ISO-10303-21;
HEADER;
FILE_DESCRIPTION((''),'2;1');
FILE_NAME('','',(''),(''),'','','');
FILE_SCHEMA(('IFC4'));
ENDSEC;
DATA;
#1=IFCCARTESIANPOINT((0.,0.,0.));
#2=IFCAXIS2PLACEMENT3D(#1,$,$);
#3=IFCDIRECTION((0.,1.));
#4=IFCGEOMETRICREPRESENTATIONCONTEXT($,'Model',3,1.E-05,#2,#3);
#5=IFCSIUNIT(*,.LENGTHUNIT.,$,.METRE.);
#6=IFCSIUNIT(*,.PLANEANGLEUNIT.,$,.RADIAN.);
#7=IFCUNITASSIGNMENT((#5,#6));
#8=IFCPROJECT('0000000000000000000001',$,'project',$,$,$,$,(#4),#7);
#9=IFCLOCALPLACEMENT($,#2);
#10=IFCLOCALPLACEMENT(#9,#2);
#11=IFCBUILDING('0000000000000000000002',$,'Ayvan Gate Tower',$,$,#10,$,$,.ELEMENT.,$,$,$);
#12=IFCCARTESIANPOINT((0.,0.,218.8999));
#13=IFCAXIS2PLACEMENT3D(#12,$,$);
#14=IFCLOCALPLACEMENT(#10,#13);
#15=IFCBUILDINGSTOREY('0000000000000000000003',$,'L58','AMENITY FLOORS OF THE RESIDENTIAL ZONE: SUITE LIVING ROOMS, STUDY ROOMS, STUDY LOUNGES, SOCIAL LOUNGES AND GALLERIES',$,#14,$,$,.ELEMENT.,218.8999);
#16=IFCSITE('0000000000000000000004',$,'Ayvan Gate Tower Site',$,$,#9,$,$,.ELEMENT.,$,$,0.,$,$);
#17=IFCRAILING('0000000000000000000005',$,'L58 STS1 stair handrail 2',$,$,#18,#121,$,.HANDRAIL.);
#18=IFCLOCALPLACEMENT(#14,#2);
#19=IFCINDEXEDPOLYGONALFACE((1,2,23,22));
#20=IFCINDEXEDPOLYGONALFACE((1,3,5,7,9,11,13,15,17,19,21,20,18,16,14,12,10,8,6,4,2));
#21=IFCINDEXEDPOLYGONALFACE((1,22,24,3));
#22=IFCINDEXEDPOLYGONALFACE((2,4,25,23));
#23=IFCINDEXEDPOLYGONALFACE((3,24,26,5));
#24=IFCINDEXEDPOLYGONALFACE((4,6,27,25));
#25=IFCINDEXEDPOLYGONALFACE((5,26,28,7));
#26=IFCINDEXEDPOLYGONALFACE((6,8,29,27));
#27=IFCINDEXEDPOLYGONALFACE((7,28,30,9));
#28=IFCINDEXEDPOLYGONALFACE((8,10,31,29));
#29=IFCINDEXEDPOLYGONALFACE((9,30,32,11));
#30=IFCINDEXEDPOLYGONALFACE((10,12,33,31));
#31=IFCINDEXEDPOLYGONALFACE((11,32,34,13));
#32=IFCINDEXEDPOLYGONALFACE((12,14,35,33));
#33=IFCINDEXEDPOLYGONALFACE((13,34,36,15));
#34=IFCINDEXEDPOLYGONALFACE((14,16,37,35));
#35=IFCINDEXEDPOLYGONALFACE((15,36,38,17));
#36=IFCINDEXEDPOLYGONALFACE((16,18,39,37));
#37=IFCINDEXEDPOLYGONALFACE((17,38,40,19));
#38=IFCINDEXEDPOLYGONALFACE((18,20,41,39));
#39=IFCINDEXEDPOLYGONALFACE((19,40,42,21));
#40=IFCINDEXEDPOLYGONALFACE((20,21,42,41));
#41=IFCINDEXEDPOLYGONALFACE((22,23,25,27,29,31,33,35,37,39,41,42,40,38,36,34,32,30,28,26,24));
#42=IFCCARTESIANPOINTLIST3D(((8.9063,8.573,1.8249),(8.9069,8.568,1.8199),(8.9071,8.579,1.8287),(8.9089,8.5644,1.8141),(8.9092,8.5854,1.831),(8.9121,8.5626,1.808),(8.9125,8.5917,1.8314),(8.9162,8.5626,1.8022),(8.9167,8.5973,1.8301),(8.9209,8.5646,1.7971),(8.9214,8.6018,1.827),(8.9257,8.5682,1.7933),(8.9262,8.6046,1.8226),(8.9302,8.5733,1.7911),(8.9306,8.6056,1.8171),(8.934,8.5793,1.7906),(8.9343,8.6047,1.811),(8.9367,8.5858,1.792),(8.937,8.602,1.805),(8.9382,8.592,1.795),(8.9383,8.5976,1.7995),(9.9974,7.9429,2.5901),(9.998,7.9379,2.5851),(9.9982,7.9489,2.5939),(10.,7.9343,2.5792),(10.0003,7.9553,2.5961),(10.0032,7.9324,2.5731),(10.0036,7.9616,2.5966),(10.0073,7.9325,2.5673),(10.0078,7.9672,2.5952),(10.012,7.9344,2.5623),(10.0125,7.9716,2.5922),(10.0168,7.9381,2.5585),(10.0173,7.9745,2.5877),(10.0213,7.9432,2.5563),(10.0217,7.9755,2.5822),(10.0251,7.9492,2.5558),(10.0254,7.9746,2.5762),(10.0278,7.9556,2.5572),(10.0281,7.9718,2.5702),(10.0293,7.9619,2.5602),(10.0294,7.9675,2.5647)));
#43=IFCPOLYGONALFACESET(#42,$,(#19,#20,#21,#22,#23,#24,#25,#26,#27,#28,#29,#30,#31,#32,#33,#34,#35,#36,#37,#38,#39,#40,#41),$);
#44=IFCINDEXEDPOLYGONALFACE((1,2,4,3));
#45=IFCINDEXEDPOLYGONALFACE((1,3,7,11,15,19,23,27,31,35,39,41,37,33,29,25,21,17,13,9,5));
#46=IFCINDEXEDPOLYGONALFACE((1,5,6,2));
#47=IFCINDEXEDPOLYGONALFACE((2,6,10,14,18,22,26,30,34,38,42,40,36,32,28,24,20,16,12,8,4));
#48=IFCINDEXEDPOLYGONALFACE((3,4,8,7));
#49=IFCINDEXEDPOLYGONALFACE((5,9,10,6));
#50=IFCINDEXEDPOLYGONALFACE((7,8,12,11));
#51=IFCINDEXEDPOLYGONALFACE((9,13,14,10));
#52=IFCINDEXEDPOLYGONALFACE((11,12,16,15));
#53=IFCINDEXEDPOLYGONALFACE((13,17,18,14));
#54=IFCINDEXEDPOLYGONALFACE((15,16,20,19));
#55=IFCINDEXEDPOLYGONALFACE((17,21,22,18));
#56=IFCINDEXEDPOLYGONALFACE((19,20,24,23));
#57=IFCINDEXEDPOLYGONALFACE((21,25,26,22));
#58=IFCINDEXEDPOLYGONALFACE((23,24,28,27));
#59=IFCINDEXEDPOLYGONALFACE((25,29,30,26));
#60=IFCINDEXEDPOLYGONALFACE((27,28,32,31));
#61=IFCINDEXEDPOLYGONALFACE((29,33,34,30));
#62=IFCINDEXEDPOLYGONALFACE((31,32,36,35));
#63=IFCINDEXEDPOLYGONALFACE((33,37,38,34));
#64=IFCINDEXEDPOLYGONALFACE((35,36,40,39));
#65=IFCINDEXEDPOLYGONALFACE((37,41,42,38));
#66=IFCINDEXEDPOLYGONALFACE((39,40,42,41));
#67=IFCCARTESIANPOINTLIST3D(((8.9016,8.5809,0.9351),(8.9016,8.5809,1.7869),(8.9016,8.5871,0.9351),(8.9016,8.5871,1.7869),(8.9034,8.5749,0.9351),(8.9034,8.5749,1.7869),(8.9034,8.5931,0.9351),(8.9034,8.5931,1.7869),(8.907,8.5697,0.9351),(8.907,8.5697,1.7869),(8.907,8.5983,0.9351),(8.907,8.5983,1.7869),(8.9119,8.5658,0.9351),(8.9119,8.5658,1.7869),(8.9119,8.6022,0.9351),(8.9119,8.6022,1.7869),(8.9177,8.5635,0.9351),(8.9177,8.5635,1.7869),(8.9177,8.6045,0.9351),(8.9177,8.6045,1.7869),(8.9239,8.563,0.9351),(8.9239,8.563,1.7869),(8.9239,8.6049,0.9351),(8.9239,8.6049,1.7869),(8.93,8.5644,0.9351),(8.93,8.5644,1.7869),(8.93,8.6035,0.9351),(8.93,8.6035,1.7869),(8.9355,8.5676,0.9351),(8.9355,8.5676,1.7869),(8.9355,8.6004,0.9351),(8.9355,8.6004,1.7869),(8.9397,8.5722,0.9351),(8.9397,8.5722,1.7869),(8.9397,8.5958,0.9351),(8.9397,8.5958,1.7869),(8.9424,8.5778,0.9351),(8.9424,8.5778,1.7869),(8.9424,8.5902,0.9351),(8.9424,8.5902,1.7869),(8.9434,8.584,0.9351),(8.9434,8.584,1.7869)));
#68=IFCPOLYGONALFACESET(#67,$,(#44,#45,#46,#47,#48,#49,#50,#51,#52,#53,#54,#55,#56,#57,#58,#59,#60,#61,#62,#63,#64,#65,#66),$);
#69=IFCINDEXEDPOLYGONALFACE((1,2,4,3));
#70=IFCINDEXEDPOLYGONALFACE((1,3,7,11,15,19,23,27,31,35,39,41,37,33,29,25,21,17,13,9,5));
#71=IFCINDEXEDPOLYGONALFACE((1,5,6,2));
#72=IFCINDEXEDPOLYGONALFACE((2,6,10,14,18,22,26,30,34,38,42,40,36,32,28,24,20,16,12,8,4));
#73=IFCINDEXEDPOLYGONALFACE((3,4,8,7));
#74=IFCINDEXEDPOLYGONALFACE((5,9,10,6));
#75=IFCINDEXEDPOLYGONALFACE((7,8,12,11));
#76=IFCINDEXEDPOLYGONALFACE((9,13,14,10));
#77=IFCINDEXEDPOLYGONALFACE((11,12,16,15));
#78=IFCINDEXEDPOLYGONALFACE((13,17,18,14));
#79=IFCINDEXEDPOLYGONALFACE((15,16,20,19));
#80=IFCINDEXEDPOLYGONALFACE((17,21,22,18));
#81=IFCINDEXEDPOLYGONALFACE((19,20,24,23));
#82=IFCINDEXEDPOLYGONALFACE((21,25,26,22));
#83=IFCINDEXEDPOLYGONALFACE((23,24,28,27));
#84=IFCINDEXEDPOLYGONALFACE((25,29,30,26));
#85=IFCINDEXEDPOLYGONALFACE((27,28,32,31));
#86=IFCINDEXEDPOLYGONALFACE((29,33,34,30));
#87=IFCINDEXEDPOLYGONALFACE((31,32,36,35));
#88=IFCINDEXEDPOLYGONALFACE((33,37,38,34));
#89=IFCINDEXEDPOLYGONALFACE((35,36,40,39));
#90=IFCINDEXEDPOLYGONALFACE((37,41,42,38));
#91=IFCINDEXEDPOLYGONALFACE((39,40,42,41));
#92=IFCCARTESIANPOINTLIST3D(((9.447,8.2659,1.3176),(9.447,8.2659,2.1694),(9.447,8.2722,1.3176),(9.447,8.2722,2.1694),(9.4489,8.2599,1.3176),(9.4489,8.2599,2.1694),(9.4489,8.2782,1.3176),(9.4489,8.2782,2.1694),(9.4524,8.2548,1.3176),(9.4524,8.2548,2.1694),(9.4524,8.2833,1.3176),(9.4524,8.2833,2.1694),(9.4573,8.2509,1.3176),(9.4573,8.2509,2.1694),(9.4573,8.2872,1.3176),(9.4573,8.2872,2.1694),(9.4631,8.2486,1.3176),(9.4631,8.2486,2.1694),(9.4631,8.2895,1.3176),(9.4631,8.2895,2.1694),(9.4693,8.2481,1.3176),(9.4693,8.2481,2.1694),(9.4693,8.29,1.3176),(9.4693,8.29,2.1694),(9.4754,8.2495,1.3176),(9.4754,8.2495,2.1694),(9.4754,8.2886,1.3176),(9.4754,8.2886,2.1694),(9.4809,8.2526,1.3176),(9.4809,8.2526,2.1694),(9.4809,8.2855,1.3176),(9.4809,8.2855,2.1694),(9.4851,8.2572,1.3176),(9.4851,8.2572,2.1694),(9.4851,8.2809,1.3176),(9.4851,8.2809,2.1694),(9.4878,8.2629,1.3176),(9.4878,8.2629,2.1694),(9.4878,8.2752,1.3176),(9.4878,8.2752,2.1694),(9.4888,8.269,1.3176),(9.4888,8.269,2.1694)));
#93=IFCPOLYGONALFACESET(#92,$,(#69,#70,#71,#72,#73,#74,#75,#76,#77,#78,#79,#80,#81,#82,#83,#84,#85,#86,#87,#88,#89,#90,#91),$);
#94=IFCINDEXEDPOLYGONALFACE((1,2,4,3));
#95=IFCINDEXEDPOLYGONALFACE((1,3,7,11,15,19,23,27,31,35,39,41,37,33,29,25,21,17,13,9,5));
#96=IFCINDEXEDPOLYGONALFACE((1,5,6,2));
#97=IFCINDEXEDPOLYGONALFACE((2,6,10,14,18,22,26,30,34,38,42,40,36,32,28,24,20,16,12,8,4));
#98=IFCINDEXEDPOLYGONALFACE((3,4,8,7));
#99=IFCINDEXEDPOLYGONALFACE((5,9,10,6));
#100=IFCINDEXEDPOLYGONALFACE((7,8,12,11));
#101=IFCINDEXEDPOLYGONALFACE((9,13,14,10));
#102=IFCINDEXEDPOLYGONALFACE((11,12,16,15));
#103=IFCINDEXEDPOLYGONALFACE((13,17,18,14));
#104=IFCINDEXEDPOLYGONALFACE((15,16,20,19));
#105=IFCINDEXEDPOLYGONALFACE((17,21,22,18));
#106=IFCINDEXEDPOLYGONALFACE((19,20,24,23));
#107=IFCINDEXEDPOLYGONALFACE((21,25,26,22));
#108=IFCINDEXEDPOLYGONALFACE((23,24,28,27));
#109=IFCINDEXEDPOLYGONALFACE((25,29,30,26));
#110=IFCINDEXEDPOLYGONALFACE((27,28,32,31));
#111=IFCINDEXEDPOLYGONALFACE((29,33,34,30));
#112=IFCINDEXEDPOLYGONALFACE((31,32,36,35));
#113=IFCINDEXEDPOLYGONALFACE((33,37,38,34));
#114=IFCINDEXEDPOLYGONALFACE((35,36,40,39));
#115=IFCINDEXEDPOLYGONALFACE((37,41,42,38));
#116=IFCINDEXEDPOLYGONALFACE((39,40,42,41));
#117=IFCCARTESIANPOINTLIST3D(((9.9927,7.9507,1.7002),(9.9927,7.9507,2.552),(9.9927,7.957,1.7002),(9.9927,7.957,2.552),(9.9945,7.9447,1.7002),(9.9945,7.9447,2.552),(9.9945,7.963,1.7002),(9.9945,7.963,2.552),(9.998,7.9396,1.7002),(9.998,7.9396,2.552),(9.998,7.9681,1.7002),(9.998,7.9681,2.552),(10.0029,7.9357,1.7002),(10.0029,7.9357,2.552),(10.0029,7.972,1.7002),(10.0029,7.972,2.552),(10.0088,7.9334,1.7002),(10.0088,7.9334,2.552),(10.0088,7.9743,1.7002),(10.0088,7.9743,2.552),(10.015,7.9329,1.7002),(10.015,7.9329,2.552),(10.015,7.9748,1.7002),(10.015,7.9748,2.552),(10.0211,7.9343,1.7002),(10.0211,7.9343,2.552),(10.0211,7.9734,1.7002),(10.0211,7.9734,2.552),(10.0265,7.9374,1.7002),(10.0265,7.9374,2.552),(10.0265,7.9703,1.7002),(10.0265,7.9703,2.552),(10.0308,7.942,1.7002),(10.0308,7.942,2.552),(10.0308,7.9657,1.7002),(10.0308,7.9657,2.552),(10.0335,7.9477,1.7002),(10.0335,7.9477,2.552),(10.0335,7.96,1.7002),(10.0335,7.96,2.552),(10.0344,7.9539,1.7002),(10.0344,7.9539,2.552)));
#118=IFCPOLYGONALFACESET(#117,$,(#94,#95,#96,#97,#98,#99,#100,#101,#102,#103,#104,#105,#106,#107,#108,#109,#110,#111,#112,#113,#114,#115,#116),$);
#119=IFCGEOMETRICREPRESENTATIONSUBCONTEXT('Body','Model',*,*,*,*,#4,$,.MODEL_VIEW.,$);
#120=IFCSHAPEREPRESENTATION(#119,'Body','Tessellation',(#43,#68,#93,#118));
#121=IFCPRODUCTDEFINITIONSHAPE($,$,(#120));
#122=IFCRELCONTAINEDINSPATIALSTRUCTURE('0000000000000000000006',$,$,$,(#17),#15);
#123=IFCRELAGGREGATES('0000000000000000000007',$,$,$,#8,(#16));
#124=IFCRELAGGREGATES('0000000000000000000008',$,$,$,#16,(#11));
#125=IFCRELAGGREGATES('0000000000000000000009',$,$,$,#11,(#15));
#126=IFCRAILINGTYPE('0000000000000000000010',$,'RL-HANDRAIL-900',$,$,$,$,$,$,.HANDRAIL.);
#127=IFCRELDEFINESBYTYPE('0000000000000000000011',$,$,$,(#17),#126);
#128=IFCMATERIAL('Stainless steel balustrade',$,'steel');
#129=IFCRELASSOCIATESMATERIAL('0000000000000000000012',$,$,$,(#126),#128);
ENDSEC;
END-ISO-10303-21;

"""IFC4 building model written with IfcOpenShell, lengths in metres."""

from ifc_helpers import new_model, si_unit, direction, frame, origin, origin_2d, place, context, subcontext, project, spatial, circle, extrude, material, type_object, element, save


model = new_model("IFC4")

# Units and contexts
model_context = context("Model", 3, precision=1e-05, world=origin(), true_north=direction((0.0, 1.0)))
body_context = subcontext(model_context, "Body", "Model", "MODEL_VIEW")
ifc_project = project(units=[si_unit("LENGTHUNIT", "METRE"), si_unit("PLANEANGLEUNIT", "RADIAN")], contexts=[model_context])

# Site, building, storey
site_placement = place(None, origin())
site = spatial("IfcSite", under=ifc_project, at=site_placement, Name="Ayvan Gate Tower Site", CompositionType="ELEMENT", RefElevation=0.0)
building_placement = place(site_placement, origin())
building = spatial("IfcBuilding", under=site, at=building_placement, Name="Ayvan Gate Tower", CompositionType="ELEMENT")
storey_placement = place(building_placement, frame((0.0, 0.0, 218.8999)))
storey = spatial("IfcBuildingStorey", under=building, at=storey_placement, Name="L58", Description="AMENITY FLOORS OF THE RESIDENTIAL ZONE: SUITE LIVING ROOMS, STUDY ROOMS, STUDY LOUNGES, SOCIAL LOUNGES AND GALLERIES", CompositionType="ELEMENT", Elevation=218.8999)

# Railing
ifc_material_1 = material(Name="Stainless steel balustrade", Category="steel")
railing_type_1 = type_object("IfcRailingType", Name="RL-HANDRAIL-900", PredefinedType="HANDRAIL", material=ifc_material_1)
railing_1_placement = place(storey_placement, frame((8.9224, 8.584, 0.9351)))
element("IfcRailing", 1, at=railing_1_placement, inside=storey, type_object=railing_type_1, Name="L58 STS1 stair handrail 2", PredefinedType="HANDRAIL", context=body_context, shape_type="SweptSolid", body=[
    extrude(circle(Radius=0.0239, at=origin_2d()), frame((0.0, 0.0, 0.876), z_axis=(0.740166, -0.427471, 0.51906), x_axis=(0.500119, 0.865956, 0.0)), (0.0, 0.0, 1.0), 1.4741),
    extrude(circle(Radius=0.021, at=origin_2d()), origin(), (0.0, 0.0, 1.0), 0.8518),
    extrude(circle(Radius=0.021, at=origin_2d()), frame((0.5454, -0.3149, 0.3826)), (0.0, 0.0, 1.0), 0.8518),
    extrude(circle(Radius=0.021, at=origin_2d()), frame((1.0911, -0.6301, 0.7651)), (0.0, 0.0, 1.0), 0.8518),
])

save(model, "model.ifc")
